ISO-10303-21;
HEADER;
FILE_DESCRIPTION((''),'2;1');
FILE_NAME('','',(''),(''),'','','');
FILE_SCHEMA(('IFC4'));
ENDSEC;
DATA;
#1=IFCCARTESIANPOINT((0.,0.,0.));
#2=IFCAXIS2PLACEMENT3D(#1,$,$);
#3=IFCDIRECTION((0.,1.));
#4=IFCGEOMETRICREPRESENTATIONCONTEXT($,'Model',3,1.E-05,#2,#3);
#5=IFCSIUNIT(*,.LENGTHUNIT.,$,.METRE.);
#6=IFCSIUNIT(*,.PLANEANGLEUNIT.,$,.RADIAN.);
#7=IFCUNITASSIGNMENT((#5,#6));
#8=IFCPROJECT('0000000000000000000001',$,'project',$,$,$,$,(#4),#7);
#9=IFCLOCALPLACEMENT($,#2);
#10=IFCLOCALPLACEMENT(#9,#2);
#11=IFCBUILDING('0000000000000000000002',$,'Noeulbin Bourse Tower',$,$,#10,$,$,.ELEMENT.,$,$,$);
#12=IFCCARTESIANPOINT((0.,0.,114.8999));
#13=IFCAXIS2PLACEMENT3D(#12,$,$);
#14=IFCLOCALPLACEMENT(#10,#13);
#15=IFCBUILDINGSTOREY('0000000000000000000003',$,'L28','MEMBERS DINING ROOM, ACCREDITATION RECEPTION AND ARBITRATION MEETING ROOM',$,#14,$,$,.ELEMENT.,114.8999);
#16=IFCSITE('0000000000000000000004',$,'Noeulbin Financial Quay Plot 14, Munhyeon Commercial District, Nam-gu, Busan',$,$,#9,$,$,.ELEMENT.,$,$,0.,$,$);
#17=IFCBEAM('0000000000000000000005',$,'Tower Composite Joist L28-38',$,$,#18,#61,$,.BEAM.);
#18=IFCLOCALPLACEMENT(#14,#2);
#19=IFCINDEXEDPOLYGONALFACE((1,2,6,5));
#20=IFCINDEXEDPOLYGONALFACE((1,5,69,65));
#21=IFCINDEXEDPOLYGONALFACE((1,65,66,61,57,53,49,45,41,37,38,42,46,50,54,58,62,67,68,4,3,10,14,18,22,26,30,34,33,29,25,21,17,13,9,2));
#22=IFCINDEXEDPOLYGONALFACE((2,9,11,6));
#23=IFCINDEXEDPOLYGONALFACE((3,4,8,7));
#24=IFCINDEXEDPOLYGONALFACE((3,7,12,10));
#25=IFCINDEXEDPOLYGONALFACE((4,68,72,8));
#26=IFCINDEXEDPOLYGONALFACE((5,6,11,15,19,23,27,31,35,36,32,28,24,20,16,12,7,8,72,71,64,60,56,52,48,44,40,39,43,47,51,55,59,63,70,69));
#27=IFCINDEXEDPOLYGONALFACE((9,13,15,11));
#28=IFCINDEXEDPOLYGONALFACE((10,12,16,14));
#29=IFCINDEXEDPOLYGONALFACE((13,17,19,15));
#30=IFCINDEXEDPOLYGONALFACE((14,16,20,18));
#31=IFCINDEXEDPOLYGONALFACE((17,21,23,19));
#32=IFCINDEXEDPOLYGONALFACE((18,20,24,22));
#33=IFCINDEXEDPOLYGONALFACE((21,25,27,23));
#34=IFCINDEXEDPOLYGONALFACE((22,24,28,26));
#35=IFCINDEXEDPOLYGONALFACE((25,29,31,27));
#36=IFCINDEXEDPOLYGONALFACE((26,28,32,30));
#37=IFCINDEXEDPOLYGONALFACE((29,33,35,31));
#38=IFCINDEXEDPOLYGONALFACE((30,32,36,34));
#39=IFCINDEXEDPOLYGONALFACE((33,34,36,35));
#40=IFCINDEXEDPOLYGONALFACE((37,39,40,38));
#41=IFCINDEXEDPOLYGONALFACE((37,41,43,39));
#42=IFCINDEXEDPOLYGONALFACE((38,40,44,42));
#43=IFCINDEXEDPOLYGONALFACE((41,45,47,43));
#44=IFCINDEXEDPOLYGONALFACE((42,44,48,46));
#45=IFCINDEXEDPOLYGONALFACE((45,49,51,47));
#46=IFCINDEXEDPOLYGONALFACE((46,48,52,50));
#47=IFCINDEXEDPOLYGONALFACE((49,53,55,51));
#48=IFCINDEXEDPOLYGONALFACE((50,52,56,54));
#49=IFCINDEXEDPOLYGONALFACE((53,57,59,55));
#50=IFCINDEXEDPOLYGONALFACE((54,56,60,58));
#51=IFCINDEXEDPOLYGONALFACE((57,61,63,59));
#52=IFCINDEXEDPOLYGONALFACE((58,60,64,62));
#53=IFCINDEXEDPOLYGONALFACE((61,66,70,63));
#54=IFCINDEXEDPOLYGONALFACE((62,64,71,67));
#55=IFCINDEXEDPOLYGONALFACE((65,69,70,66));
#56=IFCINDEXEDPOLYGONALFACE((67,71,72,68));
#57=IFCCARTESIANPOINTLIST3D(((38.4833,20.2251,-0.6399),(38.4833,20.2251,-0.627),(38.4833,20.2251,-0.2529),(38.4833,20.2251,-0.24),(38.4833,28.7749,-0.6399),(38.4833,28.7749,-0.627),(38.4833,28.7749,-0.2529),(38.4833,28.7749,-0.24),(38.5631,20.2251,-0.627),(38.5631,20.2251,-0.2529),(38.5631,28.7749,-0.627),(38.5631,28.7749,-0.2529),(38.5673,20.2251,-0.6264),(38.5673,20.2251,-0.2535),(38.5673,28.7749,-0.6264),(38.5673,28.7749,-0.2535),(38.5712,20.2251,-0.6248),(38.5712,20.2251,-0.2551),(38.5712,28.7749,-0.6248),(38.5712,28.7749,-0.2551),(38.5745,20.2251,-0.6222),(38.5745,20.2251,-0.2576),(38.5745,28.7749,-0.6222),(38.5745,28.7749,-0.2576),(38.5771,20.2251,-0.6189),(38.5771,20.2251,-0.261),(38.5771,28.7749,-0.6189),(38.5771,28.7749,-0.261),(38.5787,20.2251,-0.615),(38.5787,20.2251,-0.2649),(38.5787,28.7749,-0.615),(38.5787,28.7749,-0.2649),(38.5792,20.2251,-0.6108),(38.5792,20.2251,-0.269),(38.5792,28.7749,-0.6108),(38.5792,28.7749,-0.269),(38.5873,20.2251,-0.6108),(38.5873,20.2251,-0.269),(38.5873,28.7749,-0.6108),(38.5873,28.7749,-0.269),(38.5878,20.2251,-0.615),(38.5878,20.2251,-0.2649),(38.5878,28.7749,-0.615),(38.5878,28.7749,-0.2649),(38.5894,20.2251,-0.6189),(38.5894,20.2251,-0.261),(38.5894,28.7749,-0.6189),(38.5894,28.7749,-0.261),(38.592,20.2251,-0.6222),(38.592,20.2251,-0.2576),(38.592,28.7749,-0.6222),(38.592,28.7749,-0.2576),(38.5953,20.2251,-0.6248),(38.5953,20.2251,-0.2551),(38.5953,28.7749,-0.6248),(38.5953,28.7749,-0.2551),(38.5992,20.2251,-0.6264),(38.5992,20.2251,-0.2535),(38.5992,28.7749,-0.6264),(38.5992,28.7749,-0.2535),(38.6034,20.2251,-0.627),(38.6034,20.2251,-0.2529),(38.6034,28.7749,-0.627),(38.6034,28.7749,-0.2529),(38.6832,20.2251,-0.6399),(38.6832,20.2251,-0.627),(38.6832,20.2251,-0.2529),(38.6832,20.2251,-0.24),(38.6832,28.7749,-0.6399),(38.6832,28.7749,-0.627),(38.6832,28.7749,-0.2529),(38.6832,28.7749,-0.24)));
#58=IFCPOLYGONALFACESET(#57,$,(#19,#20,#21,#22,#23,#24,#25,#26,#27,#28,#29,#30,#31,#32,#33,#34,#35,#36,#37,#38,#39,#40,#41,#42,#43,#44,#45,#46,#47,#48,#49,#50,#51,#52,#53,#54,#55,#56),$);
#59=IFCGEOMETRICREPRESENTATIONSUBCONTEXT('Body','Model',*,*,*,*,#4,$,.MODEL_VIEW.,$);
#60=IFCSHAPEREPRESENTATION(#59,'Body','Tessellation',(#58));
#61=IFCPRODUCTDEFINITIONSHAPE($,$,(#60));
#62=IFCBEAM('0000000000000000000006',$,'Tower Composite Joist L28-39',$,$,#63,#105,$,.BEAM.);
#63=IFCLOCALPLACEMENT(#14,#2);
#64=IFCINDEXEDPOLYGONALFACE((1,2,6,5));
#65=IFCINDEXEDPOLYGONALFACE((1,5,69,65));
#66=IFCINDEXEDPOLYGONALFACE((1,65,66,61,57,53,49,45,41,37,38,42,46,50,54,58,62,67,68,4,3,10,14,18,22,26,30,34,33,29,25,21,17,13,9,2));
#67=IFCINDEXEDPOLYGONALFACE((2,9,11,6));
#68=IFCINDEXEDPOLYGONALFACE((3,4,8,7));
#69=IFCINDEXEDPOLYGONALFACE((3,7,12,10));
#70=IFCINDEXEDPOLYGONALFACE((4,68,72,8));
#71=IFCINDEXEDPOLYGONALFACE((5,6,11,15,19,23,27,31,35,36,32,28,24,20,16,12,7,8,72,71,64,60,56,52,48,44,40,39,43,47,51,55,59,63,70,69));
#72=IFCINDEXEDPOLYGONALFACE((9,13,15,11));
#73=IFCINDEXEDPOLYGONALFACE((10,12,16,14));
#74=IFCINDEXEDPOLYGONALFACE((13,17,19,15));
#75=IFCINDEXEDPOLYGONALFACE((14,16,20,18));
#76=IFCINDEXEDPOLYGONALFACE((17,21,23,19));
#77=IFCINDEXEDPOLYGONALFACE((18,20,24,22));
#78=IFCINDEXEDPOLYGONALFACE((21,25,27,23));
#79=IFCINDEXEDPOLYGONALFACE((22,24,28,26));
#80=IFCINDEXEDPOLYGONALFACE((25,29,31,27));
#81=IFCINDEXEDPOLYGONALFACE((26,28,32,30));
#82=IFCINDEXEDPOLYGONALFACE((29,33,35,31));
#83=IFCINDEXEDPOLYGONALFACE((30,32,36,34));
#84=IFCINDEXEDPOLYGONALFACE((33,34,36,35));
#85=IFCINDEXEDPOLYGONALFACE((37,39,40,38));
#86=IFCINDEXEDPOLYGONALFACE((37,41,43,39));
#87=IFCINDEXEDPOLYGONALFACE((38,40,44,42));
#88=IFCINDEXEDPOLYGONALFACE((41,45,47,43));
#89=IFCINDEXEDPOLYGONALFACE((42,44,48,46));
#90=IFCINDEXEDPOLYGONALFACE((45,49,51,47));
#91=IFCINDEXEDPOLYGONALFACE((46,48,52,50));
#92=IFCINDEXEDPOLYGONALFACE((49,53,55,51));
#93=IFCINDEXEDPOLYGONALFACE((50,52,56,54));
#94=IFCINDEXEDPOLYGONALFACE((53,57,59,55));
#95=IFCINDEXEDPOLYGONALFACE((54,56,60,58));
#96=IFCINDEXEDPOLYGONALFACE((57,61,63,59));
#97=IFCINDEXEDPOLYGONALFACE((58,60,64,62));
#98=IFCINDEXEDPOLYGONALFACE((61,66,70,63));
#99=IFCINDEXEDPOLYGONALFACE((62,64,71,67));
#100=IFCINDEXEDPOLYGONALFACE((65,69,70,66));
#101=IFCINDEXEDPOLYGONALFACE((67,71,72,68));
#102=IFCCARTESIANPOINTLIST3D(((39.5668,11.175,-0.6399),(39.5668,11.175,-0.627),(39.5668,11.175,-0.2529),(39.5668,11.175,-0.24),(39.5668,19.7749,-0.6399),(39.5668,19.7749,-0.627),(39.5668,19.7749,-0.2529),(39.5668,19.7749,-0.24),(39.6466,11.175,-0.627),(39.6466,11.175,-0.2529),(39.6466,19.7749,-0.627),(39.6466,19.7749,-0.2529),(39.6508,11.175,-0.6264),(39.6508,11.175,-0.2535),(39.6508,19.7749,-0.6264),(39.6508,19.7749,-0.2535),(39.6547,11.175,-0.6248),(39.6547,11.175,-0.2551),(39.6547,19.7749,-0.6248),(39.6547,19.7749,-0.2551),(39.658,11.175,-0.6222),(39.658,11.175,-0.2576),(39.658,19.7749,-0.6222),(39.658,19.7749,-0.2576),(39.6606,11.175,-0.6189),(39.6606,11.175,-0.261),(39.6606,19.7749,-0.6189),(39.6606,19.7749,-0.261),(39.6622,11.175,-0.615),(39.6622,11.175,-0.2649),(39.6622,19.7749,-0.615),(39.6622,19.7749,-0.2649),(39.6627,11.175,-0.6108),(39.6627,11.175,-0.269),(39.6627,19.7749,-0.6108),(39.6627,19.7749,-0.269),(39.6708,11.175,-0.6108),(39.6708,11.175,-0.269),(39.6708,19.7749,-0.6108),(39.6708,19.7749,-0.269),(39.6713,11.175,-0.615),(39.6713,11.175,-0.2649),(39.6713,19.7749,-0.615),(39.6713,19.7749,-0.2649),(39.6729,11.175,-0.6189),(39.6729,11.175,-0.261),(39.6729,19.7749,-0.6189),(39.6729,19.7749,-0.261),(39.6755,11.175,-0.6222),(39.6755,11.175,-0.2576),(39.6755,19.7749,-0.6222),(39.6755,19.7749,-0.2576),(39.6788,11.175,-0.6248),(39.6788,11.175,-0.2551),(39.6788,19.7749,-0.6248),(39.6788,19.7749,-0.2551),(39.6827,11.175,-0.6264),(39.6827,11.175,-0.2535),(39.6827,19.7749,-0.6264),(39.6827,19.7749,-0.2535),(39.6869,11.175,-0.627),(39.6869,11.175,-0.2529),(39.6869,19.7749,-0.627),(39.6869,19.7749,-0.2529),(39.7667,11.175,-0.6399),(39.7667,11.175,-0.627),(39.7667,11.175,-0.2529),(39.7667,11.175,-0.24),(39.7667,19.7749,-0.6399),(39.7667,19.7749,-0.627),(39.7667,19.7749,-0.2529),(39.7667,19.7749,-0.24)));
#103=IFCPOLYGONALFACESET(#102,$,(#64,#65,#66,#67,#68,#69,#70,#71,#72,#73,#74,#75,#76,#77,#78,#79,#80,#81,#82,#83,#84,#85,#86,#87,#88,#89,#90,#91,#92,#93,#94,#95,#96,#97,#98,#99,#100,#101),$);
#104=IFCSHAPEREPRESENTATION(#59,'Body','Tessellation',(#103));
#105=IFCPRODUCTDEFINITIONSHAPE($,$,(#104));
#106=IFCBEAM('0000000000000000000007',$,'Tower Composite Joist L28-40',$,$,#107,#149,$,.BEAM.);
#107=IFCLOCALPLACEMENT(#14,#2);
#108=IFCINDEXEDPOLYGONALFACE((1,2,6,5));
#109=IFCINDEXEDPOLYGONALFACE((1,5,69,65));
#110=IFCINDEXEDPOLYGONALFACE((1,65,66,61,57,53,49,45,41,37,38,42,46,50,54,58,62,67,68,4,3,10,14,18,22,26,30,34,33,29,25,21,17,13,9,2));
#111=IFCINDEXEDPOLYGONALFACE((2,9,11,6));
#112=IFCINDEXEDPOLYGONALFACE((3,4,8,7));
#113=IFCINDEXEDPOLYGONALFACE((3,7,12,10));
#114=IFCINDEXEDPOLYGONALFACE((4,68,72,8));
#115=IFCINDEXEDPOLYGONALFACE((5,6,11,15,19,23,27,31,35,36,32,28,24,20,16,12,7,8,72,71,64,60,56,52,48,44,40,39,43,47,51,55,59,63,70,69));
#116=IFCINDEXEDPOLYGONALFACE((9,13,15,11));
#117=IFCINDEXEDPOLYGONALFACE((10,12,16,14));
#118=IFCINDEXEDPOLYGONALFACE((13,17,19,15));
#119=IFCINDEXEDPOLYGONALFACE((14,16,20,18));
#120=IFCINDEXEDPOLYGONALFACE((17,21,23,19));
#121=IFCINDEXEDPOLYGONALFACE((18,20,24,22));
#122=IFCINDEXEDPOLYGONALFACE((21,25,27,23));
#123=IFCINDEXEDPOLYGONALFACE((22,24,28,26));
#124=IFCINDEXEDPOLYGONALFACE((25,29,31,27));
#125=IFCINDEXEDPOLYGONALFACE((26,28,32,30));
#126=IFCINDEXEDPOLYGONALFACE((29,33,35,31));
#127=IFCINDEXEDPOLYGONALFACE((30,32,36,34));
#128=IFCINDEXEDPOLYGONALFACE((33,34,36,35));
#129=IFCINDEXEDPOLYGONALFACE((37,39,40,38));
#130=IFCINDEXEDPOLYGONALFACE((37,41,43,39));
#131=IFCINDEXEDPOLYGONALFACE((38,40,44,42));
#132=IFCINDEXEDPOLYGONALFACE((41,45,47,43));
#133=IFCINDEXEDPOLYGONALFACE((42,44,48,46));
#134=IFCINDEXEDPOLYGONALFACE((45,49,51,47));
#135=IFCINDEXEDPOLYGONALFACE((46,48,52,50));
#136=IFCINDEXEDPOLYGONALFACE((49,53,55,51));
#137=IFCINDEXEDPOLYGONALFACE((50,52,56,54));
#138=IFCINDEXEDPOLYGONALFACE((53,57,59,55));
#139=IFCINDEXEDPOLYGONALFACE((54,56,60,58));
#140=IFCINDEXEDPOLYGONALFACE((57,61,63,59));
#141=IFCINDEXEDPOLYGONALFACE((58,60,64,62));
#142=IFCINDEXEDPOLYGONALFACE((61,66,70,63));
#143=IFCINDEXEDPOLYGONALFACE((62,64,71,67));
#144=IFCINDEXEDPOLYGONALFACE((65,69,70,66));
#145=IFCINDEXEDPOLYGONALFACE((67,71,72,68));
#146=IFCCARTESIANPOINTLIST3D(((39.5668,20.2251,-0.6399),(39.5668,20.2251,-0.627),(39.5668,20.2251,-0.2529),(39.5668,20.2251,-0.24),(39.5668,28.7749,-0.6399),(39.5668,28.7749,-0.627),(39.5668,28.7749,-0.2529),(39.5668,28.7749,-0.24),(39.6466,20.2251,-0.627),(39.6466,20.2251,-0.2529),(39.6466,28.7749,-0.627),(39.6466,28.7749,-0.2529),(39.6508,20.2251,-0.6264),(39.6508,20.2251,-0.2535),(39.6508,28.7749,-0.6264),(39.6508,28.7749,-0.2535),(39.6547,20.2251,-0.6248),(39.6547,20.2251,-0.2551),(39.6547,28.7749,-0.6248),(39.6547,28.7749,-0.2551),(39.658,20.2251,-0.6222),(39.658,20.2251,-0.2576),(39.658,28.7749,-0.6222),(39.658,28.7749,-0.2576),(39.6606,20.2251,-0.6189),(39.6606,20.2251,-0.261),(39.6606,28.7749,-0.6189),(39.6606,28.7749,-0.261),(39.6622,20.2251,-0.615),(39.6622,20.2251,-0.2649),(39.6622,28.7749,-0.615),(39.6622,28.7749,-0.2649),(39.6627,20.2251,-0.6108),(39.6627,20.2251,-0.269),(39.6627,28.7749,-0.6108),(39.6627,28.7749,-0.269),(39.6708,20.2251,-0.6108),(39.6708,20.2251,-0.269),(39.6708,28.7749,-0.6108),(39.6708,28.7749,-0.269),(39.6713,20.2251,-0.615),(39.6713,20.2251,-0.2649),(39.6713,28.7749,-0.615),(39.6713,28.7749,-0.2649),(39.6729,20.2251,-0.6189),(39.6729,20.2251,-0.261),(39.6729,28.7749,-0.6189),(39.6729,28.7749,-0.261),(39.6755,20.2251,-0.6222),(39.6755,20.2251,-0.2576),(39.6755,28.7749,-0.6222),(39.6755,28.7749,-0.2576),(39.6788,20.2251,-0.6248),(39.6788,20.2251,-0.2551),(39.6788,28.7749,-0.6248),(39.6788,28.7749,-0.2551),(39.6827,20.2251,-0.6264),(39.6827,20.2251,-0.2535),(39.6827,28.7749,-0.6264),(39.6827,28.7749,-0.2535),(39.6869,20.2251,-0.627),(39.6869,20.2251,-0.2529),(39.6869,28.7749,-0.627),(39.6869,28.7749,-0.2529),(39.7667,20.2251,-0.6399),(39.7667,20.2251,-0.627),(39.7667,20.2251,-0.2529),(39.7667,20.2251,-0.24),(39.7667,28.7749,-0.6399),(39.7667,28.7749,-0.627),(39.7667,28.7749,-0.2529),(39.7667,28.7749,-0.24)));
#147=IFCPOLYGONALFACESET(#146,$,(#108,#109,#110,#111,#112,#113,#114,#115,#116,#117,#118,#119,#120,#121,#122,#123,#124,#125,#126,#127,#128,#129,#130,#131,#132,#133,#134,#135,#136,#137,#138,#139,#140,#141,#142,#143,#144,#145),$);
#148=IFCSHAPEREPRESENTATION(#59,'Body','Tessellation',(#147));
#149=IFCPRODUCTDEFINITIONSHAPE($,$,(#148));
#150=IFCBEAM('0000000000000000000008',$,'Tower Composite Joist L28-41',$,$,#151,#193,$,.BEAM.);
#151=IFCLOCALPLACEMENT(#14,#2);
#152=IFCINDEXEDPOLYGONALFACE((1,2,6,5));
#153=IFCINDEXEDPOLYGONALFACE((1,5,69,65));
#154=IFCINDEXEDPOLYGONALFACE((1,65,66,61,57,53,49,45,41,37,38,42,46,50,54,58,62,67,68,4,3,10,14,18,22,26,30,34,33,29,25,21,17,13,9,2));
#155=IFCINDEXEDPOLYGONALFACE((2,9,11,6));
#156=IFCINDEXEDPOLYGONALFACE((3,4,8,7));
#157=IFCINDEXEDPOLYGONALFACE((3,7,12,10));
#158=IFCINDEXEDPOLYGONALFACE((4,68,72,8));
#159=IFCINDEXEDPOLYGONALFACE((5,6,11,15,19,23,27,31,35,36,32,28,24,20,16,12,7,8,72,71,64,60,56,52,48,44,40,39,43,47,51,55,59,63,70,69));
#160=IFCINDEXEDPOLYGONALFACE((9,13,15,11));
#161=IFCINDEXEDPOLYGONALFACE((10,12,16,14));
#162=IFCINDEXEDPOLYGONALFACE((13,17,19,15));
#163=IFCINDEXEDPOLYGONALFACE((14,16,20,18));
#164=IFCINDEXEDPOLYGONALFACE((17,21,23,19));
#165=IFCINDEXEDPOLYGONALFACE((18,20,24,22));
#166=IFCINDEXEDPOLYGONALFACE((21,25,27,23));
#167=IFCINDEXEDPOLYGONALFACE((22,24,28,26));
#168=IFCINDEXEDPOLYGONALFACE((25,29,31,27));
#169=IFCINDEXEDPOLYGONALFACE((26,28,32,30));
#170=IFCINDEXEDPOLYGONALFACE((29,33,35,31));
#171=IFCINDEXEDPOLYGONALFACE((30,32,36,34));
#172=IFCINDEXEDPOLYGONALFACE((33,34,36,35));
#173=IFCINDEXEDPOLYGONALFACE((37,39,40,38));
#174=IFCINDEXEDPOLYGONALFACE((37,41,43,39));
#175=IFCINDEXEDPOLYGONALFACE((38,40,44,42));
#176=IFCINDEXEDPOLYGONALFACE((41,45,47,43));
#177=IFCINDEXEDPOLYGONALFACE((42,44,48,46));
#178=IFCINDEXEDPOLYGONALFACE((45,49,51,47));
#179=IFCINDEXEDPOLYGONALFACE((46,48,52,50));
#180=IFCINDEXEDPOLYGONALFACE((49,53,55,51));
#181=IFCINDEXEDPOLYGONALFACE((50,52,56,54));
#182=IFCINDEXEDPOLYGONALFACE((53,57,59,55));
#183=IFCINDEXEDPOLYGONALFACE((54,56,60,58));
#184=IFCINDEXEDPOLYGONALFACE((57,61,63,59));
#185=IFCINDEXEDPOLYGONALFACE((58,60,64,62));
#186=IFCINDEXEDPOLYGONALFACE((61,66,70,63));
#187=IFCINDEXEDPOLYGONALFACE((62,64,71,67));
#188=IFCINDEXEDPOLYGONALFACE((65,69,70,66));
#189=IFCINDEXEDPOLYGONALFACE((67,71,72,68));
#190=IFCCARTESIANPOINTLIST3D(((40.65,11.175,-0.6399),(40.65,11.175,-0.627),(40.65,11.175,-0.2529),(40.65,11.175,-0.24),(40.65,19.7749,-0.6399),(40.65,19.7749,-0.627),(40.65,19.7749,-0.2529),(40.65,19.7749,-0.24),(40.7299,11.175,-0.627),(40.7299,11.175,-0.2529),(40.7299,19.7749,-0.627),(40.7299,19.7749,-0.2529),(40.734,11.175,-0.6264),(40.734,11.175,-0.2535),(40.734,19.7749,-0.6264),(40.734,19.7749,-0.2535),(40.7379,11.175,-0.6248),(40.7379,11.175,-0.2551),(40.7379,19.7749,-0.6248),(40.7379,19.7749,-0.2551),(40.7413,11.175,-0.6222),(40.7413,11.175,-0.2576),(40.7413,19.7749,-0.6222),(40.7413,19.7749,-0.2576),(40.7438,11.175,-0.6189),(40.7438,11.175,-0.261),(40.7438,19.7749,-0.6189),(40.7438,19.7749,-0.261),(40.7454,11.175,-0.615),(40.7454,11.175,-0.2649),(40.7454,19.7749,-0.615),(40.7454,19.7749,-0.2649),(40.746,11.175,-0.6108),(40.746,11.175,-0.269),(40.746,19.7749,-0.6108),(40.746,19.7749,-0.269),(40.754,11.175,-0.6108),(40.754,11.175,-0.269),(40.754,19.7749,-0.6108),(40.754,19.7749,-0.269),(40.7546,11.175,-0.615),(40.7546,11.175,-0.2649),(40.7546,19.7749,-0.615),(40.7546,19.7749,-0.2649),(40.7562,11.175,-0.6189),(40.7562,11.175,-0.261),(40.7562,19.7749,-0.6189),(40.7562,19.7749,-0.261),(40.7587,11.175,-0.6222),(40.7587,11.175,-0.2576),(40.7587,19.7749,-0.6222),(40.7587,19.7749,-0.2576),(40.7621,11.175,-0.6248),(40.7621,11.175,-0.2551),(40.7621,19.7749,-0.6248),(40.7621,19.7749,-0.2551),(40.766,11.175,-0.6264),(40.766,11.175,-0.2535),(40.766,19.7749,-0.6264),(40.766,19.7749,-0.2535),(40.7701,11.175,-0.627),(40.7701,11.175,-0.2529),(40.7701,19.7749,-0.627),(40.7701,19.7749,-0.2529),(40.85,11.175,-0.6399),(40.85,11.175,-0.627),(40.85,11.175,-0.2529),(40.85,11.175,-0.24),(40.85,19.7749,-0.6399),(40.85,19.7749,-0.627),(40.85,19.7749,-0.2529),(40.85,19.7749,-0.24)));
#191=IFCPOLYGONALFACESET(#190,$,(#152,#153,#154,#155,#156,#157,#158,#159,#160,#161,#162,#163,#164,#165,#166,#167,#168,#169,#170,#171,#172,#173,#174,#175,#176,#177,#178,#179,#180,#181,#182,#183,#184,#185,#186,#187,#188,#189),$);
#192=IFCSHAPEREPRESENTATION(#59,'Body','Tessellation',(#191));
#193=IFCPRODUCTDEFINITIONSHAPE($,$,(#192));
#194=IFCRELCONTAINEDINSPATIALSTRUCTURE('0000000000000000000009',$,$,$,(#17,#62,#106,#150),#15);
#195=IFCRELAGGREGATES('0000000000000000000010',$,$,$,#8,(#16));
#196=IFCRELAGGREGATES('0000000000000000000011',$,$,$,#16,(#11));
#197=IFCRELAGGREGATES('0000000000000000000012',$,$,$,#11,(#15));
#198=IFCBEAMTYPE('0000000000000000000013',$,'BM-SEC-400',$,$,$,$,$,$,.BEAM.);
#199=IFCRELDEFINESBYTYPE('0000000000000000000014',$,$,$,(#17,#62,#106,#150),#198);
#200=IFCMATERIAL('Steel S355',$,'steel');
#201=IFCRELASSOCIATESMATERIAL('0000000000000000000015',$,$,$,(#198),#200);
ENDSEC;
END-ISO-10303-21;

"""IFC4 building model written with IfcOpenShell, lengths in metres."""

from ifc_helpers import new_model, si_unit, direction, frame, origin, origin_2d, place, context, subcontext, project, spatial, i_section, extrude, material, material_profile, profile_set, type_object, element, save


model = new_model("IFC4")

# Units and contexts
model_context = context("Model", 3, precision=1e-05, world=origin(), true_north=direction((0.0, 1.0)))
body_context = subcontext(model_context, "Body", "Model", "MODEL_VIEW")
ifc_project = project(units=[si_unit("LENGTHUNIT", "METRE"), si_unit("PLANEANGLEUNIT", "RADIAN")], contexts=[model_context])

# Site, building, storey
site_placement = place(None, origin())
site = spatial("IfcSite", under=ifc_project, at=site_placement, Name="Noeulbin Financial Quay Plot 14, Munhyeon Commercial District, Nam-gu, Busan", CompositionType="ELEMENT", RefElevation=0.0)
building_placement = place(site_placement, origin())
building = spatial("IfcBuilding", under=site, at=building_placement, Name="Noeulbin Bourse Tower", CompositionType="ELEMENT")
storey_placement = place(building_placement, frame((0.0, 0.0, 114.8999)))
storey = spatial("IfcBuildingStorey", under=building, at=storey_placement, Name="L28", Description="MEMBERS DINING ROOM, ACCREDITATION RECEPTION AND ARBITRATION MEETING ROOM", CompositionType="ELEMENT", Elevation=114.8999)

# Shared definitions
ifc_material_1 = material(Name="Steel S355", Category="steel")

# Beams
ifc_material_profile_1 = material_profile(ifc_material_1, i_section(OverallWidth=0.2, OverallDepth=0.3999, WebThickness=0.0081, FlangeThickness=0.0129, FilletRadius=0.0161, at=origin_2d()), Name="H-400x200x8x13", Category="LoadBearing")
ifc_profile_set_1 = profile_set([ifc_material_profile_1], Name="Steel S355")
beam_type_1 = type_object("IfcBeamType", Name="BM-SEC-400", PredefinedType="BEAM", material=ifc_profile_set_1)
beam_1_placement = place(storey_placement, frame((38.5833, 20.2251, -0.4399), z_axis=(0.0, 1.0, 0.0), x_axis=(-1.0, 0.0, 0.0)))
element("IfcBeam", 1, at=beam_1_placement, inside=storey, type_object=beam_type_1, Name="Tower Composite Joist L28-38", PredefinedType="BEAM", context=body_context, shape_type="SweptSolid", body=[
    extrude(i_section(OverallWidth=0.2, OverallDepth=0.3999, WebThickness=0.0081, FlangeThickness=0.0129, FilletRadius=0.0161, at=origin_2d()), origin(), (0.0, 0.0, 1.0), 8.5498),
])
beam_2_placement = place(storey_placement, frame((39.6667, 11.175, -0.4399), z_axis=(0.0, 1.0, 0.0), x_axis=(-1.0, 0.0, 0.0)))
element("IfcBeam", 2, at=beam_2_placement, inside=storey, type_object=beam_type_1, Name="Tower Composite Joist L28-39", PredefinedType="BEAM", context=body_context, shape_type="SweptSolid", body=[
    extrude(i_section(OverallWidth=0.2, OverallDepth=0.3999, WebThickness=0.0081, FlangeThickness=0.0129, FilletRadius=0.0161, at=origin_2d()), origin(), (0.0, 0.0, 1.0), 8.5999),
])
beam_3_placement = place(storey_placement, frame((39.6667, 20.2251, -0.4399), z_axis=(0.0, 1.0, 0.0), x_axis=(-1.0, 0.0, 0.0)))
element("IfcBeam", 3, at=beam_3_placement, inside=storey, type_object=beam_type_1, Name="Tower Composite Joist L28-40", PredefinedType="BEAM", context=body_context, shape_type="SweptSolid", body=[
    extrude(i_section(OverallWidth=0.2, OverallDepth=0.3999, WebThickness=0.0081, FlangeThickness=0.0129, FilletRadius=0.0161, at=origin_2d()), origin(), (0.0, 0.0, 1.0), 8.5498),
])
beam_4_placement = place(storey_placement, frame((40.75, 11.175, -0.4399), z_axis=(0.0, 1.0, 0.0), x_axis=(-1.0, 0.0, 0.0)))
element("IfcBeam", 4, at=beam_4_placement, inside=storey, type_object=beam_type_1, Name="Tower Composite Joist L28-41", PredefinedType="BEAM", context=body_context, shape_type="SweptSolid", body=[
    extrude(i_section(OverallWidth=0.2, OverallDepth=0.3999, WebThickness=0.0081, FlangeThickness=0.0129, FilletRadius=0.0161, at=origin_2d()), origin(), (0.0, 0.0, 1.0), 8.5999),
])

save(model, "model.ifc")
